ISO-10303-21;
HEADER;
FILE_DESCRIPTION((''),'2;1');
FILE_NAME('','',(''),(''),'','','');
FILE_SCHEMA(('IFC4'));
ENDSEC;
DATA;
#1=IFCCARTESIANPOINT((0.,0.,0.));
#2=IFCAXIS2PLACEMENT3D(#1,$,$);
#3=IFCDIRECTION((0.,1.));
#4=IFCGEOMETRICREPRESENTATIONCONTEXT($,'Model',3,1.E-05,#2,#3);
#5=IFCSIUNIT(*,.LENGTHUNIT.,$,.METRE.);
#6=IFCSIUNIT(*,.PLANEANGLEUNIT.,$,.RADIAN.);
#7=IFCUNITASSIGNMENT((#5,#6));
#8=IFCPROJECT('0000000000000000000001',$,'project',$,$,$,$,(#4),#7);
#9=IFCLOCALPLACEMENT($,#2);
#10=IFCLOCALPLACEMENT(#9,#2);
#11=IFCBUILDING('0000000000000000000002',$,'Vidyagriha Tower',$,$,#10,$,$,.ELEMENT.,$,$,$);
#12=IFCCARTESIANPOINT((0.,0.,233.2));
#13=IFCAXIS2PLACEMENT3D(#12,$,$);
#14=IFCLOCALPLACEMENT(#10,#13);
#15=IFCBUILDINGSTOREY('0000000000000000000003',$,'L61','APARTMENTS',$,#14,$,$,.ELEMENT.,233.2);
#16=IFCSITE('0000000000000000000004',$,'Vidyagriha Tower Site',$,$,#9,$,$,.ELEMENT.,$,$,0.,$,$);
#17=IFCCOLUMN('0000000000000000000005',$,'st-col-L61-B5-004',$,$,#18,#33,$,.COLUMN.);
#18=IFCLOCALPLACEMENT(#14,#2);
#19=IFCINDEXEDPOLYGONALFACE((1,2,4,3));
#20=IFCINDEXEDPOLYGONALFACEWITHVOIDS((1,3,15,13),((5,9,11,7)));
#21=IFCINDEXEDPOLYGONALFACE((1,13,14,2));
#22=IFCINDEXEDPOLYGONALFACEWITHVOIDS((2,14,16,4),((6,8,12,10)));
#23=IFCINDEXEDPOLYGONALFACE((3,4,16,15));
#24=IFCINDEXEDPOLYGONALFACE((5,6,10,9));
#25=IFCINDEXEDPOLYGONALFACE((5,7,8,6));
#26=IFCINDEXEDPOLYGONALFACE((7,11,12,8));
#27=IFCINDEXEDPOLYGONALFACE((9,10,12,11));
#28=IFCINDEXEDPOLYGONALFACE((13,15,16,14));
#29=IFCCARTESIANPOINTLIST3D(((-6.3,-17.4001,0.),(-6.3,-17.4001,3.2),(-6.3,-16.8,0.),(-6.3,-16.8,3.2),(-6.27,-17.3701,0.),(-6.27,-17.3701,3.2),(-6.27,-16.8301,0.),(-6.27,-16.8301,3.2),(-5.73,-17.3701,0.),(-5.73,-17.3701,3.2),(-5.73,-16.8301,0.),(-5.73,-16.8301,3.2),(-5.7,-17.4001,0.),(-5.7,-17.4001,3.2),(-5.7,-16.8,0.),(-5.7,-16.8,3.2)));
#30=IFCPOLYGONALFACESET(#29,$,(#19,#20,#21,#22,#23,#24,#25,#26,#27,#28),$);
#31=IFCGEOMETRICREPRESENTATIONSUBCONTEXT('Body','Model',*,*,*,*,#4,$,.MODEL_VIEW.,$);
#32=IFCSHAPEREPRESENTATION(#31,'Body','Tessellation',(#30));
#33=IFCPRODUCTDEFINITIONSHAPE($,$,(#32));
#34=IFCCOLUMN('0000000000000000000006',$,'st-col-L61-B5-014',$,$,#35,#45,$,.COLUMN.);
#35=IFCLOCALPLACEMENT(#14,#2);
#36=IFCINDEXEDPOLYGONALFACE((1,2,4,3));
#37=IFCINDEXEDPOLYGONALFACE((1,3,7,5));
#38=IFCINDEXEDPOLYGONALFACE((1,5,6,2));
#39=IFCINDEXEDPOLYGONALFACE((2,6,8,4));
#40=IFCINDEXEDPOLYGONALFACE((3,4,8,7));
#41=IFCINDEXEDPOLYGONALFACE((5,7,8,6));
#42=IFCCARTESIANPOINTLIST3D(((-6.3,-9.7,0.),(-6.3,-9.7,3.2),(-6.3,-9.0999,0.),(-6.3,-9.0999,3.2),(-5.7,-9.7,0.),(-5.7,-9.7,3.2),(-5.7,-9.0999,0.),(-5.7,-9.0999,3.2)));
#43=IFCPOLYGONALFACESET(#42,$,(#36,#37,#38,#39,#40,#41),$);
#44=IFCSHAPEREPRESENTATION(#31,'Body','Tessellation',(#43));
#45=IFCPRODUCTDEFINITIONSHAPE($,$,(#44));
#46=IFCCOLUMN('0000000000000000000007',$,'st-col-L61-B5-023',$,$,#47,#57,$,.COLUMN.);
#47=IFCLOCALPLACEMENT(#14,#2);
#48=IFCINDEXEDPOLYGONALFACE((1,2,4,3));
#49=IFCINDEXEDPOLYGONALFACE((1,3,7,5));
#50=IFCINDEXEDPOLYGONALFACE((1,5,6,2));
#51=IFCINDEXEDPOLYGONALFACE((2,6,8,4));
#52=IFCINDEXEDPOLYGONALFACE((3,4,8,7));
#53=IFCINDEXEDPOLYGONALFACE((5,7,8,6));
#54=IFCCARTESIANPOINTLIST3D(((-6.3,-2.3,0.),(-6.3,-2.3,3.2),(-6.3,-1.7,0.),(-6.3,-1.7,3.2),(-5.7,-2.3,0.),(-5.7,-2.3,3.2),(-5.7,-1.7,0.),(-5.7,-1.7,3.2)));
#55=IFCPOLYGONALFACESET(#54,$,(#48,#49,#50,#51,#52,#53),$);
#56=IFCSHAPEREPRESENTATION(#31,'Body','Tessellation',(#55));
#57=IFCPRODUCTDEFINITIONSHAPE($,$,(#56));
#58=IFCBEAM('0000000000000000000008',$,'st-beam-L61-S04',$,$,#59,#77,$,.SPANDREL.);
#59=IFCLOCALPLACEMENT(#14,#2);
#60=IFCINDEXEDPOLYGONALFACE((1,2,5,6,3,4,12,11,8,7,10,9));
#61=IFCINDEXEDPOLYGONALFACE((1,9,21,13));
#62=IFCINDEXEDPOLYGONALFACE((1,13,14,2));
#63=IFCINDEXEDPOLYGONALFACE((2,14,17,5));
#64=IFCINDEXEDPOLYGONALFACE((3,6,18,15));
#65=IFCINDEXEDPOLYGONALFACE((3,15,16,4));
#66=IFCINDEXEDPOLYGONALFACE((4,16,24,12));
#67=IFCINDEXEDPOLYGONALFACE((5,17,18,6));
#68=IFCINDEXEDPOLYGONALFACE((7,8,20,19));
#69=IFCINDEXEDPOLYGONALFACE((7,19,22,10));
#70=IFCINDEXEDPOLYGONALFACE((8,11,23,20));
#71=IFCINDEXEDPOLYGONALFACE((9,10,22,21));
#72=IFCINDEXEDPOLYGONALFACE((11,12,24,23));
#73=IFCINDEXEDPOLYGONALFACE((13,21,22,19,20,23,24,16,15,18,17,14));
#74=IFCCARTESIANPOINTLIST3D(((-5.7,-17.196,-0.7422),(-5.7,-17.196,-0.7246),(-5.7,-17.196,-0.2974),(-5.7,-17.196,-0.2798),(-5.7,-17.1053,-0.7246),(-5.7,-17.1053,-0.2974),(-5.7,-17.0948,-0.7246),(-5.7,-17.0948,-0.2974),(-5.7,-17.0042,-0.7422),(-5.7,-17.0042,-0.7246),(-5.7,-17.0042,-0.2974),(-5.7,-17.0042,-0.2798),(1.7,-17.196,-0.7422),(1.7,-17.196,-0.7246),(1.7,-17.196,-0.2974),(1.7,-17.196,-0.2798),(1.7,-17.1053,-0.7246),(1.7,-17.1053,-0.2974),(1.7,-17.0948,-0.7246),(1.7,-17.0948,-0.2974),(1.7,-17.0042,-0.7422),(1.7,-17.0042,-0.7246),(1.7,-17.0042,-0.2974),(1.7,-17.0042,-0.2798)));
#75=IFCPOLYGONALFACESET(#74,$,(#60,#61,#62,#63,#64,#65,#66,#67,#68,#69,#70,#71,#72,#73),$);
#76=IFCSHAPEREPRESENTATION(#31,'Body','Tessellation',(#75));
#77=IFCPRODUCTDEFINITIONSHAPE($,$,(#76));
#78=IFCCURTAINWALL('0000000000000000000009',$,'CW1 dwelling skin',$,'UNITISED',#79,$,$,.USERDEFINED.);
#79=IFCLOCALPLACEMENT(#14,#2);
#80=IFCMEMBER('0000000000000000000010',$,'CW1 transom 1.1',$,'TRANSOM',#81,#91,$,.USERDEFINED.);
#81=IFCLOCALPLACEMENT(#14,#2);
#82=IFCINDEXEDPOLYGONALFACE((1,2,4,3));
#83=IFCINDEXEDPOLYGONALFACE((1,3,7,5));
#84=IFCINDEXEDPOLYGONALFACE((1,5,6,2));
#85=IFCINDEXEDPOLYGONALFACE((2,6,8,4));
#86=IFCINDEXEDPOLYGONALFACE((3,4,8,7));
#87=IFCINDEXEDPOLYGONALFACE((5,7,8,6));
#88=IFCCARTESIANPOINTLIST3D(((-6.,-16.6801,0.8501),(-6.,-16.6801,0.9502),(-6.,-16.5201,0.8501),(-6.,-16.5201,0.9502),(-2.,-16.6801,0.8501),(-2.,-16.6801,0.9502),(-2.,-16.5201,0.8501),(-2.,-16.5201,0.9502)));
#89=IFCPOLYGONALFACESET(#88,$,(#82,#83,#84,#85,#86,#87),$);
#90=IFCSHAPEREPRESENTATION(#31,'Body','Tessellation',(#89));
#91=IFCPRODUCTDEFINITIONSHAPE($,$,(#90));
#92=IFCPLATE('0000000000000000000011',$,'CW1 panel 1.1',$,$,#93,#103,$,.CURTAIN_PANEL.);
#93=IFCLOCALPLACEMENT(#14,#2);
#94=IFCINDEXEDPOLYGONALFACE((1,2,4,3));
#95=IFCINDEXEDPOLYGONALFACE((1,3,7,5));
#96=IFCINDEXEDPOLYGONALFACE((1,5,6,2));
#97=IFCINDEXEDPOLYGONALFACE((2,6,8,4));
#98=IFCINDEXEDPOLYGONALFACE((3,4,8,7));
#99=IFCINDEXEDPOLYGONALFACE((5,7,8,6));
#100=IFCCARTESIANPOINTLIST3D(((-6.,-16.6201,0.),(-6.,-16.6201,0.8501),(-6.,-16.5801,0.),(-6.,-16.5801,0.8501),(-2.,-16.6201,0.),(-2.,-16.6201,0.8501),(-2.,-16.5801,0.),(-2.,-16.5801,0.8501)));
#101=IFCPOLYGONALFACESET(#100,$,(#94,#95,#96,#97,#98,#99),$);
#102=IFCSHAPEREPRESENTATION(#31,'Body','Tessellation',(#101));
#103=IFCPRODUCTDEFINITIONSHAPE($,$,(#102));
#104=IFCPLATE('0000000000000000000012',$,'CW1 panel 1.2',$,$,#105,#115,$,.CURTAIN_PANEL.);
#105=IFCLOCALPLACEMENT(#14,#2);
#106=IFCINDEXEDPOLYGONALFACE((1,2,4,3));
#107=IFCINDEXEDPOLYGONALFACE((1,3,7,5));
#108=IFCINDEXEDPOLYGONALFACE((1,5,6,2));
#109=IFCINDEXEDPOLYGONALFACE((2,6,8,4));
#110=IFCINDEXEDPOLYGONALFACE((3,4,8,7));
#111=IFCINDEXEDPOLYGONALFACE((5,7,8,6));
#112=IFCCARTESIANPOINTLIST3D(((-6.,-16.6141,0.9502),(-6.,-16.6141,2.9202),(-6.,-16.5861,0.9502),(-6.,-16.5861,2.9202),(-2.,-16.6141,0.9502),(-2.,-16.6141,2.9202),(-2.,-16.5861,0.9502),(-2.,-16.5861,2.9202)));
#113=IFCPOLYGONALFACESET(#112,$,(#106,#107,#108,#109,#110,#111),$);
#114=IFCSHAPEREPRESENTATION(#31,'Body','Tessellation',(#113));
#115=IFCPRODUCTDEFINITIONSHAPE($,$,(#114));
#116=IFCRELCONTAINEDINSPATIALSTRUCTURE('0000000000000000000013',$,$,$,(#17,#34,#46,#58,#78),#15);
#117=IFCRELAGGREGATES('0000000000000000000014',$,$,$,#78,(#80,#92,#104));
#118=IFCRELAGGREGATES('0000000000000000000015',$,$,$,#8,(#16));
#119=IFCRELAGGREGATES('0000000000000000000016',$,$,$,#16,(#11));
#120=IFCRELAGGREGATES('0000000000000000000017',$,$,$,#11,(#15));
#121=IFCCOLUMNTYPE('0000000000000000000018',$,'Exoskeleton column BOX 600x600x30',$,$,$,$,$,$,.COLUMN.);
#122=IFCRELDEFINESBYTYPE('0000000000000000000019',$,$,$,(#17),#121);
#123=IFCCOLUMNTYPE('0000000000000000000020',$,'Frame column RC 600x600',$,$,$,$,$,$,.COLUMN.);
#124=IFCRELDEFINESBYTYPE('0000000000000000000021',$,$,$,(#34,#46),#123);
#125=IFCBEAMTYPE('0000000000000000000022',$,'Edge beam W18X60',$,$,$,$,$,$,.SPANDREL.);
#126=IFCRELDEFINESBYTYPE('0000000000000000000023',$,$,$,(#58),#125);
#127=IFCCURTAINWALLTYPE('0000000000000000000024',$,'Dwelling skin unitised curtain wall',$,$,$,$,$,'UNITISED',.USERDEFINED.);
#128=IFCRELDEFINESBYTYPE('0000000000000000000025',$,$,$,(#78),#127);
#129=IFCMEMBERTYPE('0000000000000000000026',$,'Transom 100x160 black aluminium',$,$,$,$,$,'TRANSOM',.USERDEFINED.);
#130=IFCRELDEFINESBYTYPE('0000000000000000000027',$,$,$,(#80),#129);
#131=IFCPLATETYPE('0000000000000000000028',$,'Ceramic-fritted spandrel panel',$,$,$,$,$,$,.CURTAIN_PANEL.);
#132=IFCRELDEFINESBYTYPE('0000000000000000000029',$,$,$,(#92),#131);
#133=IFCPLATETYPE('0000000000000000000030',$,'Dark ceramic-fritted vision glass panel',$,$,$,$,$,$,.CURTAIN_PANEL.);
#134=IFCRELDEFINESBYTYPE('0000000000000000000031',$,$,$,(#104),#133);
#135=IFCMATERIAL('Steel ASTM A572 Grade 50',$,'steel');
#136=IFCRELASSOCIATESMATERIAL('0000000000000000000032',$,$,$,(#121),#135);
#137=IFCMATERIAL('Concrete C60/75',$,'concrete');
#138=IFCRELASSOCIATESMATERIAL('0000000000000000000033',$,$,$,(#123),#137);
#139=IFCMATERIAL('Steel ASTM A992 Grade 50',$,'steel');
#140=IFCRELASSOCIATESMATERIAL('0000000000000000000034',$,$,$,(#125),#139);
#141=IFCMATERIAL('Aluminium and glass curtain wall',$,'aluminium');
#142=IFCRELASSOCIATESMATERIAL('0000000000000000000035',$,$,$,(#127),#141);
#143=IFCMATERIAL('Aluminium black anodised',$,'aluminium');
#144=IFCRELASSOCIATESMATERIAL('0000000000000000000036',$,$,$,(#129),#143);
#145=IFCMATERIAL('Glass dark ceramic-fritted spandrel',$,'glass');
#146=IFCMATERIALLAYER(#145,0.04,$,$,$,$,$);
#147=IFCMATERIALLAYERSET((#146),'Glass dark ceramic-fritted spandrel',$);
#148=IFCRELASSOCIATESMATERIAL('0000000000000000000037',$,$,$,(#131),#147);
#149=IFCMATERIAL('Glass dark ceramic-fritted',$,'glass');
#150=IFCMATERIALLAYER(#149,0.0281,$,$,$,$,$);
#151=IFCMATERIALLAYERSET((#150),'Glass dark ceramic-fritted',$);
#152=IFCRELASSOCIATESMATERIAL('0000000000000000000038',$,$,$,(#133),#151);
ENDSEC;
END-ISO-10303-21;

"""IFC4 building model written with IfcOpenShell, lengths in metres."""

from ifc_helpers import new_model, si_unit, direction, frame, origin, origin_2d, place, context, subcontext, project, spatial, rectangle, hollow_rectangle, i_section, extrude, material, layer, layer_set, material_profile, profile_set, type_object, element, aggregate, save


model = new_model("IFC4")

# Units and contexts
model_context = context("Model", 3, precision=1e-05, world=origin(), true_north=direction((0.0, 1.0)))
body_context = subcontext(model_context, "Body", "Model", "MODEL_VIEW")
ifc_project = project(units=[si_unit("LENGTHUNIT", "METRE"), si_unit("PLANEANGLEUNIT", "RADIAN")], contexts=[model_context])

# Site, building, storey
site_placement = place(None, origin())
site = spatial("IfcSite", under=ifc_project, at=site_placement, Name="Vidyagriha Tower Site", CompositionType="ELEMENT", RefElevation=0.0)
building_placement = place(site_placement, origin())
building = spatial("IfcBuilding", under=site, at=building_placement, Name="Vidyagriha Tower", CompositionType="ELEMENT")
storey_placement = place(building_placement, frame((0.0, 0.0, 233.2)))
storey = spatial("IfcBuildingStorey", under=building, at=storey_placement, Name="L61", Description="APARTMENTS", CompositionType="ELEMENT", Elevation=233.2)

# Columns
ifc_material_1 = material(Name="Steel ASTM A572 Grade 50", Category="steel")
ifc_material_profile_1 = material_profile(ifc_material_1, hollow_rectangle(XDim=0.6001, YDim=0.6001, WallThickness=0.03, at=origin_2d()), Name="BOX 600x600x30")
ifc_profile_set_1 = profile_set([ifc_material_profile_1], Name="Steel ASTM A572 Grade 50")
column_type_1 = type_object("IfcColumnType", Name="Exoskeleton column BOX 600x600x30", PredefinedType="COLUMN", material=ifc_profile_set_1)
column_placement = place(storey_placement, frame((-6.0, -17.1001, 0.0)))
element("IfcColumn", 1, at=column_placement, inside=storey, type_object=column_type_1, Name="st-col-L61-B5-004", PredefinedType="COLUMN", context=body_context, shape_type="SweptSolid", body=[
    extrude(hollow_rectangle(XDim=0.6001, YDim=0.6001, WallThickness=0.03, at=origin_2d()), origin(), (0.0, 0.0, 1.0), 3.2),
])
ifc_material_2 = material(Name="Concrete C60/75", Category="concrete")
ifc_material_profile_2 = material_profile(ifc_material_2, rectangle(XDim=0.6001, YDim=0.6001, at=origin_2d()), Name="RC 600x600")
ifc_profile_set_2 = profile_set([ifc_material_profile_2], Name="Concrete C60/75")
column_type_2 = type_object("IfcColumnType", Name="Frame column RC 600x600", PredefinedType="COLUMN", material=ifc_profile_set_2)
for number, where, name in (
    (2, (-6.0, -9.3999, 0.0), "st-col-L61-B5-014"),
    (3, (-6.0, -2.0, 0.0), "st-col-L61-B5-023"),
):
    element("IfcColumn", number, at=place(storey_placement, frame(where)), inside=storey, type_object=column_type_2, Name=name, PredefinedType="COLUMN", context=body_context, shape_type="SweptSolid", body=[
        extrude(rectangle(XDim=0.6001, YDim=0.6001, at=origin_2d()), origin(), (0.0, 0.0, 1.0), 3.2),
    ])

# Beam
ifc_material_3 = material(Name="Steel ASTM A992 Grade 50", Category="steel")
ifc_material_profile_3 = material_profile(ifc_material_3, i_section(OverallWidth=0.1919, OverallDepth=0.4624, WebThickness=0.0105, FlangeThickness=0.0176, at=origin_2d()), Name="W18X60")
ifc_profile_set_3 = profile_set([ifc_material_profile_3], Name="Steel ASTM A992 Grade 50")
beam_type = type_object("IfcBeamType", Name="Edge beam W18X60", PredefinedType="SPANDREL", material=ifc_profile_set_3)
beam_placement = place(storey_placement, frame((-5.7, -17.1001, -0.511), z_axis=(1.0, 0.0, 0.0), x_axis=(0.0, 1.0, 0.0)))
element("IfcBeam", 4, at=beam_placement, inside=storey, type_object=beam_type, Name="st-beam-L61-S04", PredefinedType="SPANDREL", context=body_context, shape_type="SweptSolid", body=[
    extrude(i_section(OverallWidth=0.1919, OverallDepth=0.4624, WebThickness=0.0105, FlangeThickness=0.0176, at=origin_2d()), origin(), (0.0, 0.0, 1.0), 7.3999),
])

# Curtain wall, member, plates
ifc_material_4 = material(Name="Aluminium and glass curtain wall", Category="aluminium")
curtain_wall_type = type_object("IfcCurtainWallType", Name="Dwelling skin unitised curtain wall", ElementType="UNITISED", PredefinedType="USERDEFINED", material=ifc_material_4)
curtain_wall_placement = place(storey_placement, origin())
curtain_wall = element("IfcCurtainWall", 5, at=curtain_wall_placement, inside=storey, type_object=curtain_wall_type, Name="CW1 dwelling skin", ObjectType="UNITISED", PredefinedType="USERDEFINED")
ifc_material_5 = material(Name="Aluminium black anodised", Category="aluminium")
ifc_material_profile_4 = material_profile(ifc_material_5, rectangle(XDim=0.1599, YDim=0.1001, at=origin_2d()), Name="Transom 100x160 black aluminium")
ifc_profile_set_4 = profile_set([ifc_material_profile_4], Name="Aluminium black anodised")
member_type = type_object("IfcMemberType", Name="Transom 100x160 black aluminium", ElementType="TRANSOM", PredefinedType="USERDEFINED", material=ifc_profile_set_4)
member_placement = place(storey_placement, frame((-6.0, -16.6001, 0.9001), z_axis=(1.0, 0.0, 0.0), x_axis=(0.0, 1.0, 0.0)))
member = element("IfcMember", 6, at=member_placement, type_object=member_type, Name="CW1 transom 1.1", ObjectType="TRANSOM", PredefinedType="USERDEFINED", context=body_context, shape_type="SweptSolid", body=[
    extrude(rectangle(XDim=0.1599, YDim=0.1001, at=origin_2d()), origin(), (0.0, 0.0, 1.0), 4.0),
])
ifc_material_6 = material(Name="Glass dark ceramic-fritted spandrel", Category="glass")
ifc_layer_1 = layer(ifc_material_6, 0.04)
ifc_layer_set_1 = layer_set([ifc_layer_1], Name="Glass dark ceramic-fritted spandrel")
plate_type_1 = type_object("IfcPlateType", Name="Ceramic-fritted spandrel panel", PredefinedType="CURTAIN_PANEL", material=ifc_layer_set_1)
plate_1_placement = place(storey_placement, frame((-4.0, -16.6001, 0.0)))
plate_1 = element("IfcPlate", 7, at=plate_1_placement, type_object=plate_type_1, Name="CW1 panel 1.1", PredefinedType="CURTAIN_PANEL", context=body_context, shape_type="SweptSolid", body=[
    extrude(rectangle(XDim=4.0, YDim=0.04, at=origin_2d()), origin(), (0.0, 0.0, 1.0), 0.8501),
])
ifc_material_7 = material(Name="Glass dark ceramic-fritted", Category="glass")
ifc_layer_2 = layer(ifc_material_7, 0.0281)
ifc_layer_set_2 = layer_set([ifc_layer_2], Name="Glass dark ceramic-fritted")
plate_type_2 = type_object("IfcPlateType", Name="Dark ceramic-fritted vision glass panel", PredefinedType="CURTAIN_PANEL", material=ifc_layer_set_2)
plate_2_placement = place(storey_placement, frame((-4.0, -16.6001, 0.9502)))
plate_2 = element("IfcPlate", 8, at=plate_2_placement, type_object=plate_type_2, Name="CW1 panel 1.2", PredefinedType="CURTAIN_PANEL", context=body_context, shape_type="SweptSolid", body=[
    extrude(rectangle(XDim=4.0, YDim=0.0281, at=origin_2d()), origin(), (0.0, 0.0, 1.0), 1.97),
])
aggregate(curtain_wall, [member, plate_1, plate_2])

save(model, "model.ifc")
